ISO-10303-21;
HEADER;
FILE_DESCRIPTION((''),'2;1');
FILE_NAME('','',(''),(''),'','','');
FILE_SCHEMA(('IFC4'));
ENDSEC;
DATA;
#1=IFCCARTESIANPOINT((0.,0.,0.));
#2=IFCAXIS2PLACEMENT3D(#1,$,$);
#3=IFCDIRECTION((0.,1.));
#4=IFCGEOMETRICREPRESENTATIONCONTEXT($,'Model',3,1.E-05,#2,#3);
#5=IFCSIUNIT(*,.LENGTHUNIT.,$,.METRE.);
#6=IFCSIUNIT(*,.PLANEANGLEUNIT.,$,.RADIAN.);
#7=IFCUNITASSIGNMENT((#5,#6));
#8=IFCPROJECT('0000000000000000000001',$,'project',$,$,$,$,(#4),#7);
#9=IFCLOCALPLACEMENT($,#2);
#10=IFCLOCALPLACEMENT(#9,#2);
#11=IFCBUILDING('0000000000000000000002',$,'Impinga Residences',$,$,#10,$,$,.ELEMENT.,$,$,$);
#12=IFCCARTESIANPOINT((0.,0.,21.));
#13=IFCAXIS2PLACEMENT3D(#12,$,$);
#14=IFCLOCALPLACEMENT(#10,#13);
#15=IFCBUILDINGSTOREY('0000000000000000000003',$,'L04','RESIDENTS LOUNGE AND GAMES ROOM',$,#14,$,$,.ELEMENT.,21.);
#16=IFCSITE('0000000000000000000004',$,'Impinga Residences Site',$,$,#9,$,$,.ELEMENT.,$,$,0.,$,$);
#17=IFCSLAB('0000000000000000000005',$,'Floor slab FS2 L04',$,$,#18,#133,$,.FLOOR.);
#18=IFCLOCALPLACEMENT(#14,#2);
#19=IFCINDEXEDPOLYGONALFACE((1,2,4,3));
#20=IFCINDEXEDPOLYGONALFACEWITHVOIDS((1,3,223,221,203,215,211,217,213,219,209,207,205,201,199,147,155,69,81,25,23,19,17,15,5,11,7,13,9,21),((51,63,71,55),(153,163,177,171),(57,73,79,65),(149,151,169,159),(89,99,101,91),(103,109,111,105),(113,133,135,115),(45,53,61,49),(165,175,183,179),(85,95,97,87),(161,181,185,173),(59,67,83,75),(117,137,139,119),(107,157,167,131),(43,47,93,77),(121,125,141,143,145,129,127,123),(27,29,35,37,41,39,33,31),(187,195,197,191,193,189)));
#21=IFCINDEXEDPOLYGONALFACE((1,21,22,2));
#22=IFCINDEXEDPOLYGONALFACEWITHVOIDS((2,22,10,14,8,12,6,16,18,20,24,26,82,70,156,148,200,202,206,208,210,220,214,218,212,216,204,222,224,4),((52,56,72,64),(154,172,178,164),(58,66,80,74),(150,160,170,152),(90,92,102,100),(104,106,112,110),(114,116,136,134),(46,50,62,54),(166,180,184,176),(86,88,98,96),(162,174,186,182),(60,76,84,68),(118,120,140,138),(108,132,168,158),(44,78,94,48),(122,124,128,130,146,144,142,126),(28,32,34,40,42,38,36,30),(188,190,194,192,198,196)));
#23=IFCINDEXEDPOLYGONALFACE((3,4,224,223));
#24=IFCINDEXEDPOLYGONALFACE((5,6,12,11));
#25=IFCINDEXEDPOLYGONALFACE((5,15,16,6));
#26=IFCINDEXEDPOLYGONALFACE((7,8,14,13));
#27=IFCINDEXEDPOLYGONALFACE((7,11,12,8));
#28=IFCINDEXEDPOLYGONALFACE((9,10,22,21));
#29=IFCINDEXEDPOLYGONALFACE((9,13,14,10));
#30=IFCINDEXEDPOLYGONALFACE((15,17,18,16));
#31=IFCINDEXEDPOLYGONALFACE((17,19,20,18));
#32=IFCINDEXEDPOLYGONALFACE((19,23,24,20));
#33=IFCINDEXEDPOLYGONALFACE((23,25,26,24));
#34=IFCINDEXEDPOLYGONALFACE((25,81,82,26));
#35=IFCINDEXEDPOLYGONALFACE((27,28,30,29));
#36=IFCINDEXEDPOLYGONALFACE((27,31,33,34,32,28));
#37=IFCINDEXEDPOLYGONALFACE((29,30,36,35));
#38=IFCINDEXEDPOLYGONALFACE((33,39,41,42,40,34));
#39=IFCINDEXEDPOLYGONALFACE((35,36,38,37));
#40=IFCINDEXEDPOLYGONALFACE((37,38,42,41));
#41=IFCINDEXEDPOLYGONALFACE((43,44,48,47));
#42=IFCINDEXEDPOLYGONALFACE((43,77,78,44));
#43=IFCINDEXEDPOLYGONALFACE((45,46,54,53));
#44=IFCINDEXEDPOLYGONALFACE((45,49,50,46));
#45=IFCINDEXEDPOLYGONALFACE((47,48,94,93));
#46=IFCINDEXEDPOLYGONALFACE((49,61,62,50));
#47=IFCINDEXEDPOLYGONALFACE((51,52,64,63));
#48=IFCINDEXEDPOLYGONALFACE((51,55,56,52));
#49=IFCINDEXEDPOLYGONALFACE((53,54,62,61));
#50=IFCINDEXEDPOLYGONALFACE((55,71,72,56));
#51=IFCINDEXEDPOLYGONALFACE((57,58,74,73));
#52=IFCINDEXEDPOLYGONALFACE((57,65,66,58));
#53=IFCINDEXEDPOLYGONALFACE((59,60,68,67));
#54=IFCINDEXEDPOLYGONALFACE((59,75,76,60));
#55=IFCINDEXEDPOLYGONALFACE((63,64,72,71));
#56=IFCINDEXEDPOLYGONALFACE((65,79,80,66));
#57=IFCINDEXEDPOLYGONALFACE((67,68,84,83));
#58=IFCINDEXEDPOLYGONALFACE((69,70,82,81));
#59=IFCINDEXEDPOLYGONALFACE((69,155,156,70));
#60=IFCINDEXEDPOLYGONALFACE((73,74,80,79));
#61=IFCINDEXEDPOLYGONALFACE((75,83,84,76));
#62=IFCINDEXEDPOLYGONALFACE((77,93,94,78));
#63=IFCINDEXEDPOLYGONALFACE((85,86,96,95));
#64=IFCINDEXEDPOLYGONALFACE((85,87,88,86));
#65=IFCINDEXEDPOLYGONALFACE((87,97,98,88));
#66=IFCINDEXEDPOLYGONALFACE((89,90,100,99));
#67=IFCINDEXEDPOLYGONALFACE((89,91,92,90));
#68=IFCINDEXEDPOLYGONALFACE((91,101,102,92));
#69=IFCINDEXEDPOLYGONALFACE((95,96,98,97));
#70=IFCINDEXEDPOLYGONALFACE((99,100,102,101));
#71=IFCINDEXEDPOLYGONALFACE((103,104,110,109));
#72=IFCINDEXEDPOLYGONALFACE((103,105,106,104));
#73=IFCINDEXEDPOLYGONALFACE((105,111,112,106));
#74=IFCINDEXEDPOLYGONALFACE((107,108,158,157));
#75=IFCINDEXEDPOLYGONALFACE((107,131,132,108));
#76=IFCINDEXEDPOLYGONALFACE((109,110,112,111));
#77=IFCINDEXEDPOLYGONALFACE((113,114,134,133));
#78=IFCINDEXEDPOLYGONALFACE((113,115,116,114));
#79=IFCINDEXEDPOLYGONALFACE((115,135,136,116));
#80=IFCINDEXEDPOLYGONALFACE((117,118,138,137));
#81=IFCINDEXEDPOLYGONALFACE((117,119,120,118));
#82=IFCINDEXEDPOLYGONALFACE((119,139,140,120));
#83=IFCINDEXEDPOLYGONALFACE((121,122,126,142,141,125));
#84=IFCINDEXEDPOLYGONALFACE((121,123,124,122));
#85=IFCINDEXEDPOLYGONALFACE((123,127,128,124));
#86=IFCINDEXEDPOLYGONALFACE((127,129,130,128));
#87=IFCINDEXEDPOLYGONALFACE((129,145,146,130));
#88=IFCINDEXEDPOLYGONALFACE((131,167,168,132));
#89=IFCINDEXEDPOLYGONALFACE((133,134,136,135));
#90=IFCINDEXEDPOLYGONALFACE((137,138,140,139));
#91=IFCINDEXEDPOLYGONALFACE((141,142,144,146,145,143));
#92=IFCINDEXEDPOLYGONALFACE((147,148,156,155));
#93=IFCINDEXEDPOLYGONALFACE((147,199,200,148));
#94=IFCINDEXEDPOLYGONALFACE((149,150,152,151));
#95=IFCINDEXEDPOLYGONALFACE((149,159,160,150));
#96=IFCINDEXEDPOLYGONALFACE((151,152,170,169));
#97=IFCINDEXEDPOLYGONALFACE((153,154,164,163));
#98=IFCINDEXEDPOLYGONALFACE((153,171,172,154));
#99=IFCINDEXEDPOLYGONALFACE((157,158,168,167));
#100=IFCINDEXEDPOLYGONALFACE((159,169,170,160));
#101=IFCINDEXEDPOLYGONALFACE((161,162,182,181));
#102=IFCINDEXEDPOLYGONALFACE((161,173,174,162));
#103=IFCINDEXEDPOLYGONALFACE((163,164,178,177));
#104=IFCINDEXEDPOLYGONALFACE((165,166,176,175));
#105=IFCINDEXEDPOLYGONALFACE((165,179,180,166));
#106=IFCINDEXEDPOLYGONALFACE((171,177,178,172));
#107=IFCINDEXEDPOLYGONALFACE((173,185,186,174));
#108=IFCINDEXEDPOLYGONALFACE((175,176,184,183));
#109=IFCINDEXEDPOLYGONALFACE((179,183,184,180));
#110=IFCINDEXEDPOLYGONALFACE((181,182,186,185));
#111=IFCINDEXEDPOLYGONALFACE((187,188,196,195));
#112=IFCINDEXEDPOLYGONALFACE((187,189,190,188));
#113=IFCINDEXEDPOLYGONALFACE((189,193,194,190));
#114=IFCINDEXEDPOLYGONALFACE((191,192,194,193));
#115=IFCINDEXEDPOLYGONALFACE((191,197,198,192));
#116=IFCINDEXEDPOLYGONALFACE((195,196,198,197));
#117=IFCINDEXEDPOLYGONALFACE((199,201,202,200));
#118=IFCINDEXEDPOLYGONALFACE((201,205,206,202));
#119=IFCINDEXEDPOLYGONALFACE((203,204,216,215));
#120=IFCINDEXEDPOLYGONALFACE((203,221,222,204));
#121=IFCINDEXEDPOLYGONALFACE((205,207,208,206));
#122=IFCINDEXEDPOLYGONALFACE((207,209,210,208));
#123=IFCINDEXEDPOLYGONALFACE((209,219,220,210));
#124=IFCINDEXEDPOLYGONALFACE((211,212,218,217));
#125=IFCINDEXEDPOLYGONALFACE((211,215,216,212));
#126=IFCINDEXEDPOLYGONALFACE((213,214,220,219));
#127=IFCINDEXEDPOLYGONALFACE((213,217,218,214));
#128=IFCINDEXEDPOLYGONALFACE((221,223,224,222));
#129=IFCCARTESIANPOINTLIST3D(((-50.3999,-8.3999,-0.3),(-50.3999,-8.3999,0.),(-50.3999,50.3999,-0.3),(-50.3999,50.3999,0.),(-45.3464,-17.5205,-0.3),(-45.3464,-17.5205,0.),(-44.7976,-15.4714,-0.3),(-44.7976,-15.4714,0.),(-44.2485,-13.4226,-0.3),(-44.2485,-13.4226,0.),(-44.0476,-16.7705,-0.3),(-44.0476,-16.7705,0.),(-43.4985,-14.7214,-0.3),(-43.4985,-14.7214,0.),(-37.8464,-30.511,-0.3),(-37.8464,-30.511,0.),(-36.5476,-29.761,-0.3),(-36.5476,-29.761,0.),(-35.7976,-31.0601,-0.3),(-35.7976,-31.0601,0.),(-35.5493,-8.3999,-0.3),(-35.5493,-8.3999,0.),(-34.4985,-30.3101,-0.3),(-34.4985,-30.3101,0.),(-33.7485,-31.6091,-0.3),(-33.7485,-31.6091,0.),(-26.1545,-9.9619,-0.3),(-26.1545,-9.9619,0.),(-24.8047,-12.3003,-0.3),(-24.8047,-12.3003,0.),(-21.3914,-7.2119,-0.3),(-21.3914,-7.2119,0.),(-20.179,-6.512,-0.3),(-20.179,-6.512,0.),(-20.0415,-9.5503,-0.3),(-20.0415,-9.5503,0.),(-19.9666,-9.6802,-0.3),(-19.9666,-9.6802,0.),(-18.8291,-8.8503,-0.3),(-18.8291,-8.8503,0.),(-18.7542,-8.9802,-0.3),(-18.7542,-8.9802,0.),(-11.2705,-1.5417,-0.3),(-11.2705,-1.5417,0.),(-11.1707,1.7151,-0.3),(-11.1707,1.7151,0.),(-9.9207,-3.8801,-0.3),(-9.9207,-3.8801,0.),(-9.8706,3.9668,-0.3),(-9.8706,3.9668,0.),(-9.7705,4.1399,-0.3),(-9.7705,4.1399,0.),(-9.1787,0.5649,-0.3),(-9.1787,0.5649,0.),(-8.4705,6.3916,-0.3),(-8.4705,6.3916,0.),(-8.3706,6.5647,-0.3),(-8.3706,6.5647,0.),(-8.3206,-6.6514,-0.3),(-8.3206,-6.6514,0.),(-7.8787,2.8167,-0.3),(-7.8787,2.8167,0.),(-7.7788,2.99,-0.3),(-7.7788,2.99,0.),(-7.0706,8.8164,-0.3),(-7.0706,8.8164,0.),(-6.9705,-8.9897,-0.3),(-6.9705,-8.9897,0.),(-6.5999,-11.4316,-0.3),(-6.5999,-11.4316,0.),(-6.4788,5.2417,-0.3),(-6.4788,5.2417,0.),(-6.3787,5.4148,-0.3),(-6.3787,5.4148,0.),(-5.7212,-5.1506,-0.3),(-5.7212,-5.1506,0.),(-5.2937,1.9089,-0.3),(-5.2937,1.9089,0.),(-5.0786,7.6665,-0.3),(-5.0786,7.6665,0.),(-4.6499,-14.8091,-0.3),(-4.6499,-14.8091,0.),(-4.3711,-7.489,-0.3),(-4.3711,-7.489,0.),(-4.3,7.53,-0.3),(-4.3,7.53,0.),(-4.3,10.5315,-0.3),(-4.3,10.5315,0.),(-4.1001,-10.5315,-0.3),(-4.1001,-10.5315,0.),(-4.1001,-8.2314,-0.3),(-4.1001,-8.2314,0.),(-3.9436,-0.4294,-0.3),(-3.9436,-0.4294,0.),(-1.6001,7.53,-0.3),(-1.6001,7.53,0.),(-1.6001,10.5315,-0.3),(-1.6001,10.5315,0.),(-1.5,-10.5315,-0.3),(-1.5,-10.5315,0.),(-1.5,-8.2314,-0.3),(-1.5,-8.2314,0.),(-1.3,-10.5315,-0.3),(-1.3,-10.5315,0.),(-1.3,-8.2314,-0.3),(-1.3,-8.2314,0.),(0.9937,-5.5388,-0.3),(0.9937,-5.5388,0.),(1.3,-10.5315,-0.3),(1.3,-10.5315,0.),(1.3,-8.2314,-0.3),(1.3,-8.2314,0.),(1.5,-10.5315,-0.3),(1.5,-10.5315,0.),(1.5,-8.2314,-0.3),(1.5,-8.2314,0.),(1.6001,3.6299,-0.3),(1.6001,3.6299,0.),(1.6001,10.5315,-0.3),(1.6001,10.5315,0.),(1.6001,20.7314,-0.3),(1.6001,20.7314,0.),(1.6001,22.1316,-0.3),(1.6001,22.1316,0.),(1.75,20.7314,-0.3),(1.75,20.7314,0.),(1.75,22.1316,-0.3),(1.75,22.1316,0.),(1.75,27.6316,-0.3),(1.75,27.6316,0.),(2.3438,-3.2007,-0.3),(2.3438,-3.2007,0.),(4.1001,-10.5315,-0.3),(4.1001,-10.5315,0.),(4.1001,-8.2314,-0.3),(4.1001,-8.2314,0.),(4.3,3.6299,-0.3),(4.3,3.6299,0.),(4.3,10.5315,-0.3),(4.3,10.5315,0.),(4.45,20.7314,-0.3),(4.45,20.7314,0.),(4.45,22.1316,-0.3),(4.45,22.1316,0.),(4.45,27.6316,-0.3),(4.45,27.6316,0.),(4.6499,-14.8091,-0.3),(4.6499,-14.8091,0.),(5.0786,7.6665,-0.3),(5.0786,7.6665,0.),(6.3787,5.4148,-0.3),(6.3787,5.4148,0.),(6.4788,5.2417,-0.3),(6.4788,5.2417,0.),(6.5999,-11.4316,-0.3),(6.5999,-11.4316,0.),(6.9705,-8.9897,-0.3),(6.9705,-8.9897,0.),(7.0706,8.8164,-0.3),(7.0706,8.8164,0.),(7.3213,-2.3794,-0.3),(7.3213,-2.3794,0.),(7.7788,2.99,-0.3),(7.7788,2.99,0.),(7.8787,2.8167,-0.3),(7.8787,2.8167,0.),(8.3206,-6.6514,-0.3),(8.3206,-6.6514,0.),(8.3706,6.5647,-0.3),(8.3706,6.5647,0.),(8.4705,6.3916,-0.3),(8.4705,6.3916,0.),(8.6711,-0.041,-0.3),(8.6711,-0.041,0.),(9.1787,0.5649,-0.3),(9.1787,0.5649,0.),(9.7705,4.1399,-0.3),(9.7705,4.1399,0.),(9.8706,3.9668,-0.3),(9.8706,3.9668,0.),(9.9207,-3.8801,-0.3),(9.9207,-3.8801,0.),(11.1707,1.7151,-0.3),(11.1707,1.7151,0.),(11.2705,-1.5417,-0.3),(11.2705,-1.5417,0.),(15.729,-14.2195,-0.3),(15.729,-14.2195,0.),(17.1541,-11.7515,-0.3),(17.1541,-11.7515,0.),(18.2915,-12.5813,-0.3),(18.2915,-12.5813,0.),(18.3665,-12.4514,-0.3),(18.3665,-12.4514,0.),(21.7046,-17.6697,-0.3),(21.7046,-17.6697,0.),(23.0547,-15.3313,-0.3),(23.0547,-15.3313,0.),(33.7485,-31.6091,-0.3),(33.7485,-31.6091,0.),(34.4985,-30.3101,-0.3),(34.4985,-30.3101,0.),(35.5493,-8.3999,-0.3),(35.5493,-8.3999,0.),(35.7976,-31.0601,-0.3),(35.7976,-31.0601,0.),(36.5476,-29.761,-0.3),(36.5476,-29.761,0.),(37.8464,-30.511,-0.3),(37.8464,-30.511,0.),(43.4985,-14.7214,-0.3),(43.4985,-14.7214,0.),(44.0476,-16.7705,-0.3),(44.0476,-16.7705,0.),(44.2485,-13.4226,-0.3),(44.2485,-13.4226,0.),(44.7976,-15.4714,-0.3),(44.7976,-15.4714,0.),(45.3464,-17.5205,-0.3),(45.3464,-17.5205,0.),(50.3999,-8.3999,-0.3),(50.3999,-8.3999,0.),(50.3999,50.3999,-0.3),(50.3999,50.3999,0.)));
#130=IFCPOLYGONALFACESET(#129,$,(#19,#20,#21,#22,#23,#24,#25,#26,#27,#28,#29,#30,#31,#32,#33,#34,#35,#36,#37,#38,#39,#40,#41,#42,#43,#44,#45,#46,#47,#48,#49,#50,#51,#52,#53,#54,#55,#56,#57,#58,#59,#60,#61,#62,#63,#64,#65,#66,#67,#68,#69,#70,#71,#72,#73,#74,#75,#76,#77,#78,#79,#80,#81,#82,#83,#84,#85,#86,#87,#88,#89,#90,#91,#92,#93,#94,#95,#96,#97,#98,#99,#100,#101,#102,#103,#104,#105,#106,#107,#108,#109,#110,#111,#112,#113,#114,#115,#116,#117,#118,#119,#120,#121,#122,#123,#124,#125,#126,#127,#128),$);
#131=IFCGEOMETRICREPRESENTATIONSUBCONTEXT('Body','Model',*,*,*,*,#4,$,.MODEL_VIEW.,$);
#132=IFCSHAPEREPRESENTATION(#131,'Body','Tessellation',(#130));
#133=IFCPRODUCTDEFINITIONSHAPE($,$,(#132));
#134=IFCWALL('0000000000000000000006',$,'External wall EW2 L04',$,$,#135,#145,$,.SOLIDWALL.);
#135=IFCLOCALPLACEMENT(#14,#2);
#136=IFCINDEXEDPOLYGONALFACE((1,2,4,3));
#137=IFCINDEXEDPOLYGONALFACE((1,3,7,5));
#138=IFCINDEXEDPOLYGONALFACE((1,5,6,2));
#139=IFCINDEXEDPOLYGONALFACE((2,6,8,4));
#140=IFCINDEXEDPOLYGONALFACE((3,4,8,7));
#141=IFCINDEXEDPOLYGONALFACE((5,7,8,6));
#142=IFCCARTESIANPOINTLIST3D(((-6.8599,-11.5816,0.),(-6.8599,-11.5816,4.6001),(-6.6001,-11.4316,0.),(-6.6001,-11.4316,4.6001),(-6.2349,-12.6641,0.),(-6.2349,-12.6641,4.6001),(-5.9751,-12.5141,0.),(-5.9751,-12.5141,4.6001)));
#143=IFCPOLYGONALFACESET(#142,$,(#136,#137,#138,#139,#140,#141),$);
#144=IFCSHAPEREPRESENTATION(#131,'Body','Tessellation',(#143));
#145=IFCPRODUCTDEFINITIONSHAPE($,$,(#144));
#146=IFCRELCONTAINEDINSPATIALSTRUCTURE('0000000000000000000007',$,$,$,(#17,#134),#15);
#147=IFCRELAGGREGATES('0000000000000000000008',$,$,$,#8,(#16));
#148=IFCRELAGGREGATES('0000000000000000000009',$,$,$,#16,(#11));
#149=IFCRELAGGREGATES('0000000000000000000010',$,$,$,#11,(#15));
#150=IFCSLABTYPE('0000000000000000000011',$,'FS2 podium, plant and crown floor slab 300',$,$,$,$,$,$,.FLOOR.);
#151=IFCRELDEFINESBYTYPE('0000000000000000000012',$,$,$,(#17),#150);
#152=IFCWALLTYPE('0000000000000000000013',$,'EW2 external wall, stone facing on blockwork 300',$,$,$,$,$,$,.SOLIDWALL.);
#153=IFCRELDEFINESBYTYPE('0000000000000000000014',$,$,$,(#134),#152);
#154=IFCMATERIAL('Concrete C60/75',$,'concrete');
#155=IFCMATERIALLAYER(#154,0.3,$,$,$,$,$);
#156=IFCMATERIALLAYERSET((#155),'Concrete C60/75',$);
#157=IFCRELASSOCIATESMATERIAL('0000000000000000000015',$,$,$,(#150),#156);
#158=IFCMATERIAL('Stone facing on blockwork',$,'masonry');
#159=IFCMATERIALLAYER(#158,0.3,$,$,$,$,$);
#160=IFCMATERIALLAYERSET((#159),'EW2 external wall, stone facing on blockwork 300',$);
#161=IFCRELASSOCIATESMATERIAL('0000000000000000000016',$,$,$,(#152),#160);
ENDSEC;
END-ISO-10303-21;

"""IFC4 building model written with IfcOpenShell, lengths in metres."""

from ifc_helpers import new_model, si_unit, direction, frame, frame_2d, origin, place, context, subcontext, project, spatial, polyline, rectangle, outline, extrude, material, layer, layer_set, type_object, element, save


model = new_model("IFC4")

# Units and contexts
model_context = context("Model", 3, precision=1e-05, world=origin(), true_north=direction((0.0, 1.0)))
body_context = subcontext(model_context, "Body", "Model", "MODEL_VIEW")
ifc_project = project(units=[si_unit("LENGTHUNIT", "METRE"), si_unit("PLANEANGLEUNIT", "RADIAN")], contexts=[model_context])

# Site, building, storey
site_placement = place(None, origin())
site = spatial("IfcSite", under=ifc_project, at=site_placement, Name="Impinga Residences Site", CompositionType="ELEMENT", RefElevation=0.0)
building_placement = place(site_placement, origin())
building = spatial("IfcBuilding", under=site, at=building_placement, Name="Impinga Residences", CompositionType="ELEMENT")
storey_placement = place(building_placement, frame((0.0, 0.0, 21.0)))
storey = spatial("IfcBuildingStorey", under=building, at=storey_placement, Name="L04", Description="RESIDENTS LOUNGE AND GAMES ROOM", CompositionType="ELEMENT", Elevation=21.0)

# Slab
ifc_material_1 = material(Name="Concrete C60/75", Category="concrete")
ifc_layer_1 = layer(ifc_material_1, 0.3)
ifc_layer_set_1 = layer_set([ifc_layer_1], Name="Concrete C60/75")
slab_type = type_object("IfcSlabType", Name="FS2 podium, plant and crown floor slab 300", PredefinedType="FLOOR", material=ifc_layer_set_1)
slab_placement = place(storey_placement, frame((0.0, 0.0, -0.3)))
element("IfcSlab", 1, at=slab_placement, inside=storey, type_object=slab_type, Name="Floor slab FS2 L04", PredefinedType="FLOOR", context=body_context, shape_type="SweptSolid", body=[
    extrude(outline(polyline([(-35.7976, -31.0601), (-36.5476, -29.761), (-37.8464, -30.511), (-45.3464, -17.5205), (-44.0476, -16.7705), (-44.7976, -15.4714), (-43.4985, -14.7214), (-44.2485, -13.4226), (-35.5493, -8.3999), (-50.3999, -8.3999), (-50.3999, 50.3999), (50.3999, 50.3999), (50.3999, -8.3999), (35.5493, -8.3999), (44.2485, -13.4226), (43.4985, -14.7214), (44.7976, -15.4714), (44.0476, -16.7705), (45.3464, -17.5205), (37.8464, -30.511), (36.5476, -29.761), (35.7976, -31.0601), (34.4985, -30.3101), (33.7485, -31.6091), (4.6499, -14.8091), (8.3503, -8.3999), (8.3503, -8.3999), (6.6001, -11.4316), (-6.6001, -11.4316), (-8.3503, -8.3999), (-8.3503, -8.3999), (-4.6499, -14.8091), (-33.7485, -31.6091), (-34.4985, -30.3101), (-35.7976, -31.0601)]), holes=[polyline([(-21.3914, -7.2119), (-26.1545, -9.9619), (-24.8047, -12.3003), (-20.0415, -9.5503), (-19.9666, -9.6802), (-18.7542, -8.9802), (-18.8291, -8.8503), (-18.8291, -8.8503), (-20.179, -6.512), (-21.3914, -7.2119), (-21.3914, -7.2119)]), polyline([(-1.5, -8.2314), (-4.1001, -8.2314), (-4.1001, -10.5315), (-1.5, -10.5315), (-1.5, -8.2314)]), polyline([(1.3, -8.2314), (-1.3, -8.2314), (-1.3, -10.5315), (1.3, -10.5315), (1.3, -8.2314)]), polyline([(1.5, -8.2314), (1.5, -10.5315), (4.1001, -10.5315), (4.1001, -8.2314), (1.5, -8.2314)]), polyline([(-5.7212, -5.1506), (-8.3206, -6.6514), (-6.9705, -8.9897), (-4.3711, -7.489), (-5.7212, -5.1506)]), polyline([(-3.9436, -0.4294), (-5.2937, 1.9089), (-11.2705, -1.5417), (-9.9207, -3.8801), (-3.9436, -0.4294)]), polyline([(-9.1787, 0.5649), (-7.8787, 2.8167), (-9.8706, 3.9668), (-11.1707, 1.7151), (-9.1787, 0.5649)]), polyline([(-6.4788, 5.2417), (-8.4705, 6.3916), (-9.7705, 4.1399), (-7.7788, 2.99), (-6.4788, 5.2417)]), polyline([(-6.3787, 5.4148), (-5.0786, 7.6665), (-7.0706, 8.8164), (-8.3706, 6.5647), (-6.3787, 5.4148)]), polyline([(-4.3, 7.53), (-1.6001, 7.53), (-1.6001, 10.5315), (-4.3, 10.5315), (-4.3, 7.53)]), polyline([(15.729, -14.2195), (21.7046, -17.6697), (23.0547, -15.3313), (18.2915, -12.5813), (18.3665, -12.4514), (17.1541, -11.7515), (15.729, -14.2195)]), polyline([(0.9937, -5.5388), (6.9705, -8.9897), (8.3206, -6.6514), (2.3438, -3.2007), (0.9937, -5.5388)]), polyline([(8.6711, -0.041), (7.3213, -2.3794), (9.9207, -3.8801), (11.2705, -1.5417), (8.6711, -0.041)]), polyline([(7.8787, 2.8167), (9.1787, 0.5649), (11.1707, 1.7151), (9.8706, 3.9668), (7.8787, 2.8167)]), polyline([(7.7788, 2.99), (9.7705, 4.1399), (8.4705, 6.3916), (6.4788, 5.2417), (7.7788, 2.99)]), polyline([(1.6001, 3.6299), (4.3, 3.6299), (4.3, 10.5315), (1.6001, 10.5315), (1.6001, 3.6299)]), polyline([(5.0786, 7.6665), (6.3787, 5.4148), (8.3706, 6.5647), (7.0706, 8.8164), (5.0786, 7.6665)]), polyline([(1.75, 22.1316), (1.6001, 22.1316), (1.6001, 20.7314), (1.75, 20.7314), (4.45, 20.7314), (4.45, 22.1316), (4.45, 27.6316), (1.75, 27.6316), (1.75, 22.1316)])]), origin(), (0.0, 0.0, 1.0), 0.3),
])

# Wall
ifc_material_2 = material(Name="Stone facing on blockwork", Category="masonry")
ifc_layer_2 = layer(ifc_material_2, 0.3)
ifc_layer_set_2 = layer_set([ifc_layer_2], Name="EW2 external wall, stone facing on blockwork 300")
wall_type_1 = type_object("IfcWallType", Name="EW2 external wall, stone facing on blockwork 300", PredefinedType="SOLIDWALL", material=ifc_layer_set_2)
wall_1_placement = place(storey_placement, frame((-6.73, -11.5066, 0.0), z_axis=(0.0, 0.0, 1.0), x_axis=(0.500004, -0.866023, 0.0)))
element("IfcWall", 2, at=wall_1_placement, inside=storey, type_object=wall_type_1, Name="External wall EW2 L04", PredefinedType="SOLIDWALL", context=body_context, shape_type="SweptSolid", body=[
    extrude(rectangle(XDim=1.25, YDim=0.3, at=frame_2d((0.625, 0.0))), origin(), (0.0, 0.0, 1.0), 4.6001),
])

save(model, "model.ifc")
